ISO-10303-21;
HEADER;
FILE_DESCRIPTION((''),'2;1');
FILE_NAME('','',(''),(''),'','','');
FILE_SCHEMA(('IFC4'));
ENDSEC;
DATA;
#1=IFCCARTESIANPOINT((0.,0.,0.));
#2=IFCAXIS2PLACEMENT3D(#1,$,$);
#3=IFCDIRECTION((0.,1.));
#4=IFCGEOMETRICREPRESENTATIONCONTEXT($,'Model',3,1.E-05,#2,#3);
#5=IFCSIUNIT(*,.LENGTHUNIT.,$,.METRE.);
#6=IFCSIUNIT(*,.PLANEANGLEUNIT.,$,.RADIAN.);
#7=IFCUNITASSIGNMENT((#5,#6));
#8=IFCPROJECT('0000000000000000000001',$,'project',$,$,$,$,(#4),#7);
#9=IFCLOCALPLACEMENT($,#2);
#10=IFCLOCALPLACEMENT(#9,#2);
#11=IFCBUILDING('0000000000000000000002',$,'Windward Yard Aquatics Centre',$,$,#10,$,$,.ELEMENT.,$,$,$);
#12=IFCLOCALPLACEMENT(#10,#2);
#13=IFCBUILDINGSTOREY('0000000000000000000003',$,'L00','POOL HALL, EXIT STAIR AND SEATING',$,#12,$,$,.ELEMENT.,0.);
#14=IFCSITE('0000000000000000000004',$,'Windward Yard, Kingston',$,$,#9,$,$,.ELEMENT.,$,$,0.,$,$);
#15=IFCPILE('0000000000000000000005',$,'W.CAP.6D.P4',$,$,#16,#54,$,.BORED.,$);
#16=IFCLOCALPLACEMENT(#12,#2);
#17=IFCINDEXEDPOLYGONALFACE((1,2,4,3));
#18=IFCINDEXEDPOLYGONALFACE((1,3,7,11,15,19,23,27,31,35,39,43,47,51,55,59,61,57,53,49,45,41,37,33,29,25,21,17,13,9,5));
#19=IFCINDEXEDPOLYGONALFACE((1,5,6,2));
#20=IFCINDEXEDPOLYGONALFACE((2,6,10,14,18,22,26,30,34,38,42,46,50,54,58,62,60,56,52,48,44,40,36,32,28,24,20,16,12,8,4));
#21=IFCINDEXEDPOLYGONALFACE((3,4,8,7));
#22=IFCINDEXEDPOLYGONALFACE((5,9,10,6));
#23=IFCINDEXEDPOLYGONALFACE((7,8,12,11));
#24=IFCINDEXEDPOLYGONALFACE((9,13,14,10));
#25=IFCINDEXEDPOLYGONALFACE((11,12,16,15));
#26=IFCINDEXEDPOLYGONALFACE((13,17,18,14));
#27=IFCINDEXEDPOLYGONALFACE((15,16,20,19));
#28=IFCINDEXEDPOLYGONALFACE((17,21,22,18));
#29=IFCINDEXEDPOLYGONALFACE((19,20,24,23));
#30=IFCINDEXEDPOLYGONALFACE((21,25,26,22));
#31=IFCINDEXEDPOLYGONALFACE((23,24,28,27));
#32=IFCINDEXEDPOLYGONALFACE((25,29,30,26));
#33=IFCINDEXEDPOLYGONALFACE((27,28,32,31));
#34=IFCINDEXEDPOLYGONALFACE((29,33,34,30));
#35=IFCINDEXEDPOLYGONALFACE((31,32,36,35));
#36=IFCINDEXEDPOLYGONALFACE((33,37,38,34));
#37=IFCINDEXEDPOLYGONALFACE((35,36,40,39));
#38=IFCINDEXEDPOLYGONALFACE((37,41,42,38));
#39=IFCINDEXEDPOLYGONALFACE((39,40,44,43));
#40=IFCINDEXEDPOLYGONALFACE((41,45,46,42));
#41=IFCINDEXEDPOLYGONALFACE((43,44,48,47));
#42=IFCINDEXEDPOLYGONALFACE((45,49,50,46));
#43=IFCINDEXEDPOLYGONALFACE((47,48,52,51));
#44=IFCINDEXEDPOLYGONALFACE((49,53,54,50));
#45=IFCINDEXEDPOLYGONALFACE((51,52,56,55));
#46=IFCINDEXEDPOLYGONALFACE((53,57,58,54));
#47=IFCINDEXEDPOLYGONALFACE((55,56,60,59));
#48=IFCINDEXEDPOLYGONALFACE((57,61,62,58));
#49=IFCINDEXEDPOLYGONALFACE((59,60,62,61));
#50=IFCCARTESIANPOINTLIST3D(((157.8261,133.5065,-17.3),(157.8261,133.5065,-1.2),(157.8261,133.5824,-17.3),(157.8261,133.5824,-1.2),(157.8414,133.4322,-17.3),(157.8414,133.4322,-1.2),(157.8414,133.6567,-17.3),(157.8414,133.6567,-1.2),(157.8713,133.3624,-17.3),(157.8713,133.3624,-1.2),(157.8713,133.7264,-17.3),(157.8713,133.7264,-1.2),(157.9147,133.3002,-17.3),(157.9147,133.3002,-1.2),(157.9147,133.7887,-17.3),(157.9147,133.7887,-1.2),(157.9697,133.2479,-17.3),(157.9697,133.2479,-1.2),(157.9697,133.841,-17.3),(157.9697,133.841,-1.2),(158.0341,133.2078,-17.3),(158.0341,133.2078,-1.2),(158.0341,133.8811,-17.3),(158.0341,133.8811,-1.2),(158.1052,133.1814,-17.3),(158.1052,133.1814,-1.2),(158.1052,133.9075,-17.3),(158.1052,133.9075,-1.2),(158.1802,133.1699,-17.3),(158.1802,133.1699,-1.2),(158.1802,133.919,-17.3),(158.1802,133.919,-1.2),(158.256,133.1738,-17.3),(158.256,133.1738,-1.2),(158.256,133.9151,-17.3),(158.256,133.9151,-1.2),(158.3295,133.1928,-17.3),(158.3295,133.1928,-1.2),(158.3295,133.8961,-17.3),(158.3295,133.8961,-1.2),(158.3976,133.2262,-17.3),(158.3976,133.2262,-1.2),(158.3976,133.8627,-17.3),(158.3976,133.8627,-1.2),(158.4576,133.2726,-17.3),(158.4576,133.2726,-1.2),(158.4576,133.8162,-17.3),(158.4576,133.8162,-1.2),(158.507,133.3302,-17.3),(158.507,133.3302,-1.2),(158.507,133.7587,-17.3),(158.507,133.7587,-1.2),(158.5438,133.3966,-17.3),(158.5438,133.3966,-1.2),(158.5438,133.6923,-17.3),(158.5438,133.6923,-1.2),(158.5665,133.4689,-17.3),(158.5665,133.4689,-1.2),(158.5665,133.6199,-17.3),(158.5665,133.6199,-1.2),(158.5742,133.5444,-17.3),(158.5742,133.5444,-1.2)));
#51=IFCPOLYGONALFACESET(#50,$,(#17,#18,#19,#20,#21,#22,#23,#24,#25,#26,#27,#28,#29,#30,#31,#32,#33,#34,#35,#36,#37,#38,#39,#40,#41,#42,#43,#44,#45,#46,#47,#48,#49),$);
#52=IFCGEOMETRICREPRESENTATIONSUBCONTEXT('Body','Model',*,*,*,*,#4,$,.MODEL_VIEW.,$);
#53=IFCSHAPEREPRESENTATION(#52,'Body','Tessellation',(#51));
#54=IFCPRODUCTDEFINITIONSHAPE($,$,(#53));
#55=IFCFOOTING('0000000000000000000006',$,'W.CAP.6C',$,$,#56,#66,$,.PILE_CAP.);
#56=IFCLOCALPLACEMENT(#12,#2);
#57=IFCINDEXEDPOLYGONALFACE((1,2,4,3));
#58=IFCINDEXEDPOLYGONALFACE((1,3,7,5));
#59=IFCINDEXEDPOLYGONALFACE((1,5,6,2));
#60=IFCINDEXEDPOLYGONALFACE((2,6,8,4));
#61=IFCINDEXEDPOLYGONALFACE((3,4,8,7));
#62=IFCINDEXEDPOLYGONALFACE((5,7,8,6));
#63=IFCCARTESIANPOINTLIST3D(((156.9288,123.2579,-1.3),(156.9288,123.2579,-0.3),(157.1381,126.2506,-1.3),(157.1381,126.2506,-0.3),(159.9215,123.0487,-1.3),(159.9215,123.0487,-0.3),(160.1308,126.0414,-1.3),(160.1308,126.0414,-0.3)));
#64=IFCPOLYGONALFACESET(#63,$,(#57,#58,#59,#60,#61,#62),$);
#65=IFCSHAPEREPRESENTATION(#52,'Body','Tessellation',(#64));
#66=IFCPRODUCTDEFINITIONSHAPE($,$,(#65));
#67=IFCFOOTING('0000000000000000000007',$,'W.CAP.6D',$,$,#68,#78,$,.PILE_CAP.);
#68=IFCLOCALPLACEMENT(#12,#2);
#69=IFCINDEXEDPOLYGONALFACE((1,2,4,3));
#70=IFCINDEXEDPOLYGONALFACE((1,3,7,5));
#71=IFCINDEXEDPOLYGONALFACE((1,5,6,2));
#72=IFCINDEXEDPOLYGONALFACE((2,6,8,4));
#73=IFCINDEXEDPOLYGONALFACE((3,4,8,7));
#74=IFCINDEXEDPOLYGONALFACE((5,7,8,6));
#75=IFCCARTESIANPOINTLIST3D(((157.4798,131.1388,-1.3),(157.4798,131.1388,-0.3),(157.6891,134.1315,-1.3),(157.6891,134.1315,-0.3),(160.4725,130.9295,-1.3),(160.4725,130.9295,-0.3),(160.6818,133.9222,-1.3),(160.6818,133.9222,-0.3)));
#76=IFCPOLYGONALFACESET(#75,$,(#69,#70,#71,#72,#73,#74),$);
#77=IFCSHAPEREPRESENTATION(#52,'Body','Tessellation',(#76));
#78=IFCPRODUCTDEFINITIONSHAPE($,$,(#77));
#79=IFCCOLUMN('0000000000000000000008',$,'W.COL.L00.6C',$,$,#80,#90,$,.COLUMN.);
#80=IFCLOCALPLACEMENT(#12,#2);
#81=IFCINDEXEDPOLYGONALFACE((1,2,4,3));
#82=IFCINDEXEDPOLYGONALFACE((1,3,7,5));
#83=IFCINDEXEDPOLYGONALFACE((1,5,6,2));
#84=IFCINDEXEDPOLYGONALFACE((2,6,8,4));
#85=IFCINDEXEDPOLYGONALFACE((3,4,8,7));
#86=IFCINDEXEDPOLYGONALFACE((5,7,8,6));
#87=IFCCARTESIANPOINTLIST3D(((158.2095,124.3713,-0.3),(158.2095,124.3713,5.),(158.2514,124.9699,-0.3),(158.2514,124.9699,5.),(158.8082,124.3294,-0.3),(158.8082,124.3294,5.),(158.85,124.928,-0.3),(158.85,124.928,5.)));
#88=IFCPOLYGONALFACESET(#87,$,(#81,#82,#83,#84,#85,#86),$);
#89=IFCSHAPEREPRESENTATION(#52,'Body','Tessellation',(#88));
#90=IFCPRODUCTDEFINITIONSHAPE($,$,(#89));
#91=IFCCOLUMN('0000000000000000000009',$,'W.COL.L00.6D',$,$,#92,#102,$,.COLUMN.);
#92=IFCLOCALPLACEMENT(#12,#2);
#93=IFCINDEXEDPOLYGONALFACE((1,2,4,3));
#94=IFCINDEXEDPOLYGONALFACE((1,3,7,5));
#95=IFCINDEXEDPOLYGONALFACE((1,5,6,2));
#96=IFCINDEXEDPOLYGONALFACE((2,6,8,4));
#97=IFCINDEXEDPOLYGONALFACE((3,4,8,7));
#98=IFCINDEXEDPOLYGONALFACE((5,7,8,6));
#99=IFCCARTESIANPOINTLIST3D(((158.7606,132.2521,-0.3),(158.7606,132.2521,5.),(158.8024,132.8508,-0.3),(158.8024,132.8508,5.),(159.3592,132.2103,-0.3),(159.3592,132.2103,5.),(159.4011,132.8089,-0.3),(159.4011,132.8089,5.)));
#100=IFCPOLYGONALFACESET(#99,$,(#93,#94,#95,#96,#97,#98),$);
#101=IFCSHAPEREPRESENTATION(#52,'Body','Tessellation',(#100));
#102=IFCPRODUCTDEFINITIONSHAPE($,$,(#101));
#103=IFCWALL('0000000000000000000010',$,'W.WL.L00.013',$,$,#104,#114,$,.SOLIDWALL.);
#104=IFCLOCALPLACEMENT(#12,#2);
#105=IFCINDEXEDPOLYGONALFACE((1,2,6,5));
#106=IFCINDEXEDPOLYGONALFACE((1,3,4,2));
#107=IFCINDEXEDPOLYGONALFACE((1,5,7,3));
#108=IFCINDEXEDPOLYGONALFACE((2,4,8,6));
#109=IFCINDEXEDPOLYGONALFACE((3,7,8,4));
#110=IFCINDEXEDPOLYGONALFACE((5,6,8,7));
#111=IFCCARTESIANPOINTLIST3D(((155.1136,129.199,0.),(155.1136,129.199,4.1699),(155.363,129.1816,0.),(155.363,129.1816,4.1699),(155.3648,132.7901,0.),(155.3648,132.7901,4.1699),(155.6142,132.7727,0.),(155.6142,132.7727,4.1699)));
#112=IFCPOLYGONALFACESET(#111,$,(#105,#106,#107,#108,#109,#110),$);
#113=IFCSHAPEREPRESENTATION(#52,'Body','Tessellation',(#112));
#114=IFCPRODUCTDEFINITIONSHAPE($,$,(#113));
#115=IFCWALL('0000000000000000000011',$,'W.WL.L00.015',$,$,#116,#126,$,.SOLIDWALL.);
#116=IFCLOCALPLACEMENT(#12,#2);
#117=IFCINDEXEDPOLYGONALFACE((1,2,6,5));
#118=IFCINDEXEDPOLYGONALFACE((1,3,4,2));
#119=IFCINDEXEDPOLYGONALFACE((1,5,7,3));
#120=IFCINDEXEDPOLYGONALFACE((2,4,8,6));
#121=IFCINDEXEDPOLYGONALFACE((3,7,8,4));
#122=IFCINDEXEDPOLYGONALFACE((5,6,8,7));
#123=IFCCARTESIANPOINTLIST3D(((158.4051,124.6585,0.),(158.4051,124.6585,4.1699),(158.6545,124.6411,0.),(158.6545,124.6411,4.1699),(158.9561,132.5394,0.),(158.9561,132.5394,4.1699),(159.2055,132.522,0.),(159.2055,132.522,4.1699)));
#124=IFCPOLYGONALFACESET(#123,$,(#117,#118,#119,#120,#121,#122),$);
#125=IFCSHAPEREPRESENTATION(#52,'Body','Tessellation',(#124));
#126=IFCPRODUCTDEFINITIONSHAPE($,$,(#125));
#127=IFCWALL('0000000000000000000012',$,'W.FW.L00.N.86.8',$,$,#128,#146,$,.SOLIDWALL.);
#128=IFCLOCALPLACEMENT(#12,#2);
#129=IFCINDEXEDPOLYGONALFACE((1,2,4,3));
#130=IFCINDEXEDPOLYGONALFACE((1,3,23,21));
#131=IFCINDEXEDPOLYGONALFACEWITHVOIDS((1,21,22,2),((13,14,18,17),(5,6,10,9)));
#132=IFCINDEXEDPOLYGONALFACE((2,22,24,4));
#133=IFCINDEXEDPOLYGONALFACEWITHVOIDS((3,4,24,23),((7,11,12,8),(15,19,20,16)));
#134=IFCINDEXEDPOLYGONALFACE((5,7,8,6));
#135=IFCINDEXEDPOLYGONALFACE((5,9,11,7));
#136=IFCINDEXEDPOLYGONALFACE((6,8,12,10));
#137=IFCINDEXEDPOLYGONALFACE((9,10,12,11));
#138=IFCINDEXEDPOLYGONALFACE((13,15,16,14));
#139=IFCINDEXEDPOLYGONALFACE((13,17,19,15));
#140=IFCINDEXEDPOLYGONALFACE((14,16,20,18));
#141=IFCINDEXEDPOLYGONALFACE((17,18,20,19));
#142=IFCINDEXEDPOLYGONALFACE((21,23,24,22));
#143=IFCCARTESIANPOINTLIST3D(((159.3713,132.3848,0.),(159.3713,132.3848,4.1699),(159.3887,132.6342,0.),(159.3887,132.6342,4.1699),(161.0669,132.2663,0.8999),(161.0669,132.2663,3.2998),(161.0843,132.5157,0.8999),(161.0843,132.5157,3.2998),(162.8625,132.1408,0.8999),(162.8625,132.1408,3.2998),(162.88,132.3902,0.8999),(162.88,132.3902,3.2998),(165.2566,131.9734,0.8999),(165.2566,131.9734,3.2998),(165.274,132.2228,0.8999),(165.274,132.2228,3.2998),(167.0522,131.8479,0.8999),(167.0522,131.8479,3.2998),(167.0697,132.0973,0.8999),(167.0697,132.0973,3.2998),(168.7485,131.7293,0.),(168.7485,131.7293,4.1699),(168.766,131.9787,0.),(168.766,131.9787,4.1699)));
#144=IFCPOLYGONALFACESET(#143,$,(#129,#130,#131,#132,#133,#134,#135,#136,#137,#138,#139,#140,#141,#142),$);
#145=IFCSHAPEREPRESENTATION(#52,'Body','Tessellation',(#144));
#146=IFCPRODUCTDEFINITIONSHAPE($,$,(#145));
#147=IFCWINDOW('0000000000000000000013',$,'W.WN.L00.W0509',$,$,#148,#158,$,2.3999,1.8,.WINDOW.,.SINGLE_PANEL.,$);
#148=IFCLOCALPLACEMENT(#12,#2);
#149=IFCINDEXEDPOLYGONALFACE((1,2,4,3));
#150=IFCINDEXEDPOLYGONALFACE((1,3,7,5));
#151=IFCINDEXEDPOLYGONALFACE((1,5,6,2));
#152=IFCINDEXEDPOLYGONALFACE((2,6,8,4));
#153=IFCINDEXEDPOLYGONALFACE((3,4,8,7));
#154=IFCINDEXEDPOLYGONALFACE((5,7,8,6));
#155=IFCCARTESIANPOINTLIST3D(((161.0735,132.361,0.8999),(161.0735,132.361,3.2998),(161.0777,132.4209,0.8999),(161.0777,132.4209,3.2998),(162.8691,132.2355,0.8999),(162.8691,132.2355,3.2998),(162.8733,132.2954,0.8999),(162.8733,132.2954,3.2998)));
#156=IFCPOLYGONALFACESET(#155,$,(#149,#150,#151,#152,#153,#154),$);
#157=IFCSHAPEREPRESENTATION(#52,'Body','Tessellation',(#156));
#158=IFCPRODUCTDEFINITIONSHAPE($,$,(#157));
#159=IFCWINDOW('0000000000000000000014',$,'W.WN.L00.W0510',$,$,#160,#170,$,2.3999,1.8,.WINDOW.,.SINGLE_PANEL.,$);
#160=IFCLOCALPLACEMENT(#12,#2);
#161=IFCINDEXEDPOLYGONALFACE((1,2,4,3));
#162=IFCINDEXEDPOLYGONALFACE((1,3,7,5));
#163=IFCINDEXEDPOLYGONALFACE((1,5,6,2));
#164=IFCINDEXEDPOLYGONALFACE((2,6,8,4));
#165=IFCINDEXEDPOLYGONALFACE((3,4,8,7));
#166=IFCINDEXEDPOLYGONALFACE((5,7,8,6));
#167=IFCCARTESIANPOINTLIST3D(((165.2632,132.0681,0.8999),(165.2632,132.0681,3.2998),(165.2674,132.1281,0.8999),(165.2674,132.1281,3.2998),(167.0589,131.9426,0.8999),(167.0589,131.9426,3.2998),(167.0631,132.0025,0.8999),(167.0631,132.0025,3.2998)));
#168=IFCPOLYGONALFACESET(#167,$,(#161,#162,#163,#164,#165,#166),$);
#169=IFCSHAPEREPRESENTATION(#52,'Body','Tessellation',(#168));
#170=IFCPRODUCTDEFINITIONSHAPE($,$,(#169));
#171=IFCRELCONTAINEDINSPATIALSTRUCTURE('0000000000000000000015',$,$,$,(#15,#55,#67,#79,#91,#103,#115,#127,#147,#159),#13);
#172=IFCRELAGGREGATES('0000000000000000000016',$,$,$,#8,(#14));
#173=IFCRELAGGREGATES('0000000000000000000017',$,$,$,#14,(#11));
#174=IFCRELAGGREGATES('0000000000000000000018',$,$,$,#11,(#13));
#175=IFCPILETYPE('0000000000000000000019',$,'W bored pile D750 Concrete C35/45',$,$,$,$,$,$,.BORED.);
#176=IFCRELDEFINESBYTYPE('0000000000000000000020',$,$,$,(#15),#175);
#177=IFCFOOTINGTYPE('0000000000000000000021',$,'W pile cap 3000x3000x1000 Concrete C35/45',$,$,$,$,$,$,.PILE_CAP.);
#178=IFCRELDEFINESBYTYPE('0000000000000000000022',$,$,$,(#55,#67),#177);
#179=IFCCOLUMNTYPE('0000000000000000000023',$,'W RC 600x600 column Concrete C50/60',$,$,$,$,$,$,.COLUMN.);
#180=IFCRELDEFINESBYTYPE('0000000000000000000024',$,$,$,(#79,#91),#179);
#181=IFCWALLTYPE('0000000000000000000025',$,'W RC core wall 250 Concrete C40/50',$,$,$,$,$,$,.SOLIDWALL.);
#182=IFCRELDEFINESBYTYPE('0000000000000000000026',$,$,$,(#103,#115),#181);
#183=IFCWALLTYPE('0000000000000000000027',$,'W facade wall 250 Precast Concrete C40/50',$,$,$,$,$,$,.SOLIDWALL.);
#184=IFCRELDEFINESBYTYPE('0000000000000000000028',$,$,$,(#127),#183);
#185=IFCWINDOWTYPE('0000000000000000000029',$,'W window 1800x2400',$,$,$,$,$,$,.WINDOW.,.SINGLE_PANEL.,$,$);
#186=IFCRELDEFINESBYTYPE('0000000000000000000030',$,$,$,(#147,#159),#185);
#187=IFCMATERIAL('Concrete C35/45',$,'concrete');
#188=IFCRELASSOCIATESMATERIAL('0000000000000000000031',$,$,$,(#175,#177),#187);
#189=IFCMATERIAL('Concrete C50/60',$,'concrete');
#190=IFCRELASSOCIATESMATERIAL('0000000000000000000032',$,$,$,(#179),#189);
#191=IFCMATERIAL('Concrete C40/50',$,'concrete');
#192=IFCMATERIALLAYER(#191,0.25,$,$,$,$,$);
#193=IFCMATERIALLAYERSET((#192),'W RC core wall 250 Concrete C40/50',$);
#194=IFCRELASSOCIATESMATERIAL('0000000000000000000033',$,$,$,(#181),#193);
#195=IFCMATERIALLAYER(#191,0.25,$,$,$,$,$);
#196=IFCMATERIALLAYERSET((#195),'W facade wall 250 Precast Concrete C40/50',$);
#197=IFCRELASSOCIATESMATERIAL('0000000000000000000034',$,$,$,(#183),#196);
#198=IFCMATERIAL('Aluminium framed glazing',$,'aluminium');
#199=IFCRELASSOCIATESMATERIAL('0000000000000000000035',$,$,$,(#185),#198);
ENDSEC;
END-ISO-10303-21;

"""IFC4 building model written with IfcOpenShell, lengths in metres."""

from ifc_helpers import new_model, si_unit, direction, frame, frame_2d, origin, origin_2d, place, context, subcontext, project, spatial, rectangle, circle, extrude, material, layer, layer_set, material_profile, profile_set, type_object, element, fill, save


model = new_model("IFC4")

# Units and contexts
model_context = context("Model", 3, precision=1e-05, world=origin(), true_north=direction((0.0, 1.0)))
body_context = subcontext(model_context, "Body", "Model", "MODEL_VIEW")
ifc_project = project(units=[si_unit("LENGTHUNIT", "METRE"), si_unit("PLANEANGLEUNIT", "RADIAN")], contexts=[model_context])

# Site, building, storey
site_placement = place(None, origin())
site = spatial("IfcSite", under=ifc_project, at=site_placement, Name="Windward Yard, Kingston", CompositionType="ELEMENT", RefElevation=0.0)
building_placement = place(site_placement, origin())
building = spatial("IfcBuilding", under=site, at=building_placement, Name="Windward Yard Aquatics Centre", CompositionType="ELEMENT")
storey_placement = place(building_placement, origin())
storey = spatial("IfcBuildingStorey", under=building, at=storey_placement, Name="L00", Description="POOL HALL, EXIT STAIR AND SEATING", CompositionType="ELEMENT", Elevation=0.0)

# Pile
ifc_material_1 = material(Name="Concrete C35/45", Category="concrete")
ifc_material_profile_1 = material_profile(ifc_material_1, circle(Radius=0.375, at=origin_2d()), Name="D750")
ifc_profile_set_1 = profile_set([ifc_material_profile_1], Name="Concrete C35/45")
pile_type_1 = type_object("IfcPileType", Name="W bored pile D750 Concrete C35/45", PredefinedType="BORED", material=ifc_profile_set_1)
for number, where, z_axis, x_axis, name in (
    (1, (158.1992, 133.5444, -1.2), (0.0, 0.0, -1.0), (1.0, 0.0, 0.0), "W.CAP.6D.P4"),
):
    element("IfcPile", number, at=place(storey_placement, frame(where, z_axis=z_axis, x_axis=x_axis)), inside=storey, type_object=pile_type_1, Name=name, PredefinedType="BORED", context=body_context, shape_type="SweptSolid", body=[
        extrude(circle(Radius=0.375, at=origin_2d()), origin(), (0.0, 0.0, 1.0), 16.1001),
    ])

# Footings
footing_type = type_object("IfcFootingType", Name="W pile cap 3000x3000x1000 Concrete C35/45", PredefinedType="PILE_CAP", material=ifc_material_1)
for number, where, z_axis, x_axis, name in (
    (2, (158.5298, 124.6497, -1.3), (0.0, 0.0, 1.0), (0.997564, -0.069756, 0.0), "W.CAP.6C"),
    (3, (159.0808, 132.5305, -1.3), (0.0, 0.0, 1.0), (0.997564, -0.069756, 0.0), "W.CAP.6D"),
):
    element("IfcFooting", number, at=place(storey_placement, frame(where, z_axis=z_axis, x_axis=x_axis)), inside=storey, type_object=footing_type, Name=name, PredefinedType="PILE_CAP", context=body_context, shape_type="SweptSolid", body=[
        extrude(rectangle(XDim=3.0, YDim=3.0, at=origin_2d()), origin(), (0.0, 0.0, 1.0), 1.0),
    ])

# Columns
ifc_material_2 = material(Name="Concrete C50/60", Category="concrete")
ifc_material_profile_2 = material_profile(ifc_material_2, rectangle(XDim=0.6001, YDim=0.6001, at=origin_2d()), Name="RC 600x600")
ifc_profile_set_2 = profile_set([ifc_material_profile_2], Name="Concrete C50/60")
column_type = type_object("IfcColumnType", Name="W RC 600x600 column Concrete C50/60", PredefinedType="COLUMN", material=ifc_profile_set_2)
for number, where, z_axis, x_axis, name in (
    (4, (158.5298, 124.6497, -0.3), (0.0, 0.0, 1.0), (0.997564, -0.069756, 0.0), "W.COL.L00.6C"),
    (5, (159.0808, 132.5305, -0.3), (0.0, 0.0, 1.0), (0.997564, -0.069756, 0.0), "W.COL.L00.6D"),
):
    element("IfcColumn", number, at=place(storey_placement, frame(where, z_axis=z_axis, x_axis=x_axis)), inside=storey, type_object=column_type, Name=name, PredefinedType="COLUMN", context=body_context, shape_type="SweptSolid", body=[
        extrude(rectangle(XDim=0.6001, YDim=0.6001, at=origin_2d()), origin(), (0.0, 0.0, 1.0), 5.3),
    ])

# Walls
ifc_material_3 = material(Name="Concrete C40/50", Category="concrete")
ifc_layer_1 = layer(ifc_material_3, 0.25)
ifc_layer_set_1 = layer_set([ifc_layer_1], Name="W RC core wall 250 Concrete C40/50")
wall_type_1 = type_object("IfcWallType", Name="W RC core wall 250 Concrete C40/50", PredefinedType="SOLIDWALL", material=ifc_layer_set_1)
wall_1_placement = place(storey_placement, frame((155.2383, 129.1904, 0.0), z_axis=(0.0, 0.0, 1.0), x_axis=(0.069787, 0.997562, 0.0)))
element("IfcWall", 6, at=wall_1_placement, inside=storey, type_object=wall_type_1, Name="W.WL.L00.013", PredefinedType="SOLIDWALL", context=body_context, shape_type="SweptSolid", body=[
    extrude(rectangle(XDim=3.5999, YDim=0.25, at=frame_2d((1.7998, 0.0))), origin(), (0.0, 0.0, 1.0), 4.1699),
])
wall_2_placement = place(storey_placement, frame((158.5298, 124.6497, 0.0), z_axis=(0.0, 0.0, 1.0), x_axis=(0.069749, 0.997565, 0.0)))
element("IfcWall", 7, at=wall_2_placement, inside=storey, type_object=wall_type_1, Name="W.WL.L00.015", PredefinedType="SOLIDWALL", context=body_context, shape_type="SweptSolid", body=[
    extrude(rectangle(XDim=7.9001, YDim=0.25, at=frame_2d((3.9502, 0.0))), origin(), (0.0, 0.0, 1.0), 4.1699),
])

# Wall, openings, windows
ifc_layer_2 = layer(ifc_material_3, 0.25)
ifc_layer_set_2 = layer_set([ifc_layer_2], Name="W facade wall 250 Precast Concrete C40/50")
wall_type_2 = type_object("IfcWallType", Name="W facade wall 250 Precast Concrete C40/50", PredefinedType="SOLIDWALL", material=ifc_layer_set_2)
wall_3_placement = place(storey_placement, frame((159.3799, 132.5095, 0.0), z_axis=(0.0, 0.0, 1.0), x_axis=(0.997566, -0.069735, 0.0)))
wall_3 = element("IfcWall", 8, at=wall_3_placement, inside=storey, type_object=wall_type_2, Name="W.FW.L00.N.86.8", PredefinedType="SOLIDWALL", context=body_context, shape_type="SweptSolid", body=[
    extrude(rectangle(XDim=9.4001, YDim=0.25, at=frame_2d((4.7002, 0.0))), origin(), (0.0, 0.0, 1.0), 4.1699),
])
opening_1_placement = place(wall_3_placement, frame((1.7, 0.0, 0.8999)))
opening_1 = element("IfcOpeningElement", 9, at=opening_1_placement, cuts=wall_3, PredefinedType="OPENING", context=body_context, shape_type="SweptSolid", body=[
    extrude(rectangle(XDim=1.8, YDim=2.3999, at=frame_2d((0.8999, 1.2))), frame((0.0, 0.135, 0.0), z_axis=(0.0, -1.0, 0.0), x_axis=(1.0, 0.0, 0.0)), (0.0, 0.0, 1.0), 0.27),
])
opening_2_placement = place(wall_3_placement, frame((5.8999, 0.0, 0.8999)))
opening_2 = element("IfcOpeningElement", 10, at=opening_2_placement, cuts=wall_3, PredefinedType="OPENING", context=body_context, shape_type="SweptSolid", body=[
    extrude(rectangle(XDim=1.8, YDim=2.3999, at=frame_2d((0.8999, 1.2))), frame((0.0, 0.135, 0.0), z_axis=(0.0, -1.0, 0.0), x_axis=(1.0, 0.0, 0.0)), (0.0, 0.0, 1.0), 0.27),
])
ifc_material_4 = material(Name="Aluminium framed glazing", Category="aluminium")
window_type = type_object("IfcWindowType", Name="W window 1800x2400", PartitioningType="SINGLE_PANEL", PredefinedType="WINDOW", material=ifc_material_4)
window_1_placement = place(opening_1_placement, origin())
window_1 = element("IfcWindow", 11, at=window_1_placement, inside=storey, type_object=window_type, Name="W.WN.L00.W0509", OverallHeight=2.3999, OverallWidth=1.8, PartitioningType="SINGLE_PANEL", PredefinedType="WINDOW", context=body_context, shape_type="SweptSolid", body=[
    extrude(rectangle(XDim=1.8, YDim=2.3999, at=frame_2d((0.8999, 1.2))), frame((0.0, 0.03, 0.0), z_axis=(0.0, -1.0, 0.0), x_axis=(1.0, 0.0, 0.0)), (0.0, 0.0, 1.0), 0.0601),
])
fill(opening_1, window_1)
window_2_placement = place(opening_2_placement, origin())
window_2 = element("IfcWindow", 12, at=window_2_placement, inside=storey, type_object=window_type, Name="W.WN.L00.W0510", OverallHeight=2.3999, OverallWidth=1.8, PartitioningType="SINGLE_PANEL", PredefinedType="WINDOW", context=body_context, shape_type="SweptSolid", body=[
    extrude(rectangle(XDim=1.8, YDim=2.3999, at=frame_2d((0.8999, 1.2))), frame((0.0, 0.03, 0.0), z_axis=(0.0, -1.0, 0.0), x_axis=(1.0, 0.0, 0.0)), (0.0, 0.0, 1.0), 0.0601),
])
fill(opening_2, window_2)

save(model, "model.ifc")
